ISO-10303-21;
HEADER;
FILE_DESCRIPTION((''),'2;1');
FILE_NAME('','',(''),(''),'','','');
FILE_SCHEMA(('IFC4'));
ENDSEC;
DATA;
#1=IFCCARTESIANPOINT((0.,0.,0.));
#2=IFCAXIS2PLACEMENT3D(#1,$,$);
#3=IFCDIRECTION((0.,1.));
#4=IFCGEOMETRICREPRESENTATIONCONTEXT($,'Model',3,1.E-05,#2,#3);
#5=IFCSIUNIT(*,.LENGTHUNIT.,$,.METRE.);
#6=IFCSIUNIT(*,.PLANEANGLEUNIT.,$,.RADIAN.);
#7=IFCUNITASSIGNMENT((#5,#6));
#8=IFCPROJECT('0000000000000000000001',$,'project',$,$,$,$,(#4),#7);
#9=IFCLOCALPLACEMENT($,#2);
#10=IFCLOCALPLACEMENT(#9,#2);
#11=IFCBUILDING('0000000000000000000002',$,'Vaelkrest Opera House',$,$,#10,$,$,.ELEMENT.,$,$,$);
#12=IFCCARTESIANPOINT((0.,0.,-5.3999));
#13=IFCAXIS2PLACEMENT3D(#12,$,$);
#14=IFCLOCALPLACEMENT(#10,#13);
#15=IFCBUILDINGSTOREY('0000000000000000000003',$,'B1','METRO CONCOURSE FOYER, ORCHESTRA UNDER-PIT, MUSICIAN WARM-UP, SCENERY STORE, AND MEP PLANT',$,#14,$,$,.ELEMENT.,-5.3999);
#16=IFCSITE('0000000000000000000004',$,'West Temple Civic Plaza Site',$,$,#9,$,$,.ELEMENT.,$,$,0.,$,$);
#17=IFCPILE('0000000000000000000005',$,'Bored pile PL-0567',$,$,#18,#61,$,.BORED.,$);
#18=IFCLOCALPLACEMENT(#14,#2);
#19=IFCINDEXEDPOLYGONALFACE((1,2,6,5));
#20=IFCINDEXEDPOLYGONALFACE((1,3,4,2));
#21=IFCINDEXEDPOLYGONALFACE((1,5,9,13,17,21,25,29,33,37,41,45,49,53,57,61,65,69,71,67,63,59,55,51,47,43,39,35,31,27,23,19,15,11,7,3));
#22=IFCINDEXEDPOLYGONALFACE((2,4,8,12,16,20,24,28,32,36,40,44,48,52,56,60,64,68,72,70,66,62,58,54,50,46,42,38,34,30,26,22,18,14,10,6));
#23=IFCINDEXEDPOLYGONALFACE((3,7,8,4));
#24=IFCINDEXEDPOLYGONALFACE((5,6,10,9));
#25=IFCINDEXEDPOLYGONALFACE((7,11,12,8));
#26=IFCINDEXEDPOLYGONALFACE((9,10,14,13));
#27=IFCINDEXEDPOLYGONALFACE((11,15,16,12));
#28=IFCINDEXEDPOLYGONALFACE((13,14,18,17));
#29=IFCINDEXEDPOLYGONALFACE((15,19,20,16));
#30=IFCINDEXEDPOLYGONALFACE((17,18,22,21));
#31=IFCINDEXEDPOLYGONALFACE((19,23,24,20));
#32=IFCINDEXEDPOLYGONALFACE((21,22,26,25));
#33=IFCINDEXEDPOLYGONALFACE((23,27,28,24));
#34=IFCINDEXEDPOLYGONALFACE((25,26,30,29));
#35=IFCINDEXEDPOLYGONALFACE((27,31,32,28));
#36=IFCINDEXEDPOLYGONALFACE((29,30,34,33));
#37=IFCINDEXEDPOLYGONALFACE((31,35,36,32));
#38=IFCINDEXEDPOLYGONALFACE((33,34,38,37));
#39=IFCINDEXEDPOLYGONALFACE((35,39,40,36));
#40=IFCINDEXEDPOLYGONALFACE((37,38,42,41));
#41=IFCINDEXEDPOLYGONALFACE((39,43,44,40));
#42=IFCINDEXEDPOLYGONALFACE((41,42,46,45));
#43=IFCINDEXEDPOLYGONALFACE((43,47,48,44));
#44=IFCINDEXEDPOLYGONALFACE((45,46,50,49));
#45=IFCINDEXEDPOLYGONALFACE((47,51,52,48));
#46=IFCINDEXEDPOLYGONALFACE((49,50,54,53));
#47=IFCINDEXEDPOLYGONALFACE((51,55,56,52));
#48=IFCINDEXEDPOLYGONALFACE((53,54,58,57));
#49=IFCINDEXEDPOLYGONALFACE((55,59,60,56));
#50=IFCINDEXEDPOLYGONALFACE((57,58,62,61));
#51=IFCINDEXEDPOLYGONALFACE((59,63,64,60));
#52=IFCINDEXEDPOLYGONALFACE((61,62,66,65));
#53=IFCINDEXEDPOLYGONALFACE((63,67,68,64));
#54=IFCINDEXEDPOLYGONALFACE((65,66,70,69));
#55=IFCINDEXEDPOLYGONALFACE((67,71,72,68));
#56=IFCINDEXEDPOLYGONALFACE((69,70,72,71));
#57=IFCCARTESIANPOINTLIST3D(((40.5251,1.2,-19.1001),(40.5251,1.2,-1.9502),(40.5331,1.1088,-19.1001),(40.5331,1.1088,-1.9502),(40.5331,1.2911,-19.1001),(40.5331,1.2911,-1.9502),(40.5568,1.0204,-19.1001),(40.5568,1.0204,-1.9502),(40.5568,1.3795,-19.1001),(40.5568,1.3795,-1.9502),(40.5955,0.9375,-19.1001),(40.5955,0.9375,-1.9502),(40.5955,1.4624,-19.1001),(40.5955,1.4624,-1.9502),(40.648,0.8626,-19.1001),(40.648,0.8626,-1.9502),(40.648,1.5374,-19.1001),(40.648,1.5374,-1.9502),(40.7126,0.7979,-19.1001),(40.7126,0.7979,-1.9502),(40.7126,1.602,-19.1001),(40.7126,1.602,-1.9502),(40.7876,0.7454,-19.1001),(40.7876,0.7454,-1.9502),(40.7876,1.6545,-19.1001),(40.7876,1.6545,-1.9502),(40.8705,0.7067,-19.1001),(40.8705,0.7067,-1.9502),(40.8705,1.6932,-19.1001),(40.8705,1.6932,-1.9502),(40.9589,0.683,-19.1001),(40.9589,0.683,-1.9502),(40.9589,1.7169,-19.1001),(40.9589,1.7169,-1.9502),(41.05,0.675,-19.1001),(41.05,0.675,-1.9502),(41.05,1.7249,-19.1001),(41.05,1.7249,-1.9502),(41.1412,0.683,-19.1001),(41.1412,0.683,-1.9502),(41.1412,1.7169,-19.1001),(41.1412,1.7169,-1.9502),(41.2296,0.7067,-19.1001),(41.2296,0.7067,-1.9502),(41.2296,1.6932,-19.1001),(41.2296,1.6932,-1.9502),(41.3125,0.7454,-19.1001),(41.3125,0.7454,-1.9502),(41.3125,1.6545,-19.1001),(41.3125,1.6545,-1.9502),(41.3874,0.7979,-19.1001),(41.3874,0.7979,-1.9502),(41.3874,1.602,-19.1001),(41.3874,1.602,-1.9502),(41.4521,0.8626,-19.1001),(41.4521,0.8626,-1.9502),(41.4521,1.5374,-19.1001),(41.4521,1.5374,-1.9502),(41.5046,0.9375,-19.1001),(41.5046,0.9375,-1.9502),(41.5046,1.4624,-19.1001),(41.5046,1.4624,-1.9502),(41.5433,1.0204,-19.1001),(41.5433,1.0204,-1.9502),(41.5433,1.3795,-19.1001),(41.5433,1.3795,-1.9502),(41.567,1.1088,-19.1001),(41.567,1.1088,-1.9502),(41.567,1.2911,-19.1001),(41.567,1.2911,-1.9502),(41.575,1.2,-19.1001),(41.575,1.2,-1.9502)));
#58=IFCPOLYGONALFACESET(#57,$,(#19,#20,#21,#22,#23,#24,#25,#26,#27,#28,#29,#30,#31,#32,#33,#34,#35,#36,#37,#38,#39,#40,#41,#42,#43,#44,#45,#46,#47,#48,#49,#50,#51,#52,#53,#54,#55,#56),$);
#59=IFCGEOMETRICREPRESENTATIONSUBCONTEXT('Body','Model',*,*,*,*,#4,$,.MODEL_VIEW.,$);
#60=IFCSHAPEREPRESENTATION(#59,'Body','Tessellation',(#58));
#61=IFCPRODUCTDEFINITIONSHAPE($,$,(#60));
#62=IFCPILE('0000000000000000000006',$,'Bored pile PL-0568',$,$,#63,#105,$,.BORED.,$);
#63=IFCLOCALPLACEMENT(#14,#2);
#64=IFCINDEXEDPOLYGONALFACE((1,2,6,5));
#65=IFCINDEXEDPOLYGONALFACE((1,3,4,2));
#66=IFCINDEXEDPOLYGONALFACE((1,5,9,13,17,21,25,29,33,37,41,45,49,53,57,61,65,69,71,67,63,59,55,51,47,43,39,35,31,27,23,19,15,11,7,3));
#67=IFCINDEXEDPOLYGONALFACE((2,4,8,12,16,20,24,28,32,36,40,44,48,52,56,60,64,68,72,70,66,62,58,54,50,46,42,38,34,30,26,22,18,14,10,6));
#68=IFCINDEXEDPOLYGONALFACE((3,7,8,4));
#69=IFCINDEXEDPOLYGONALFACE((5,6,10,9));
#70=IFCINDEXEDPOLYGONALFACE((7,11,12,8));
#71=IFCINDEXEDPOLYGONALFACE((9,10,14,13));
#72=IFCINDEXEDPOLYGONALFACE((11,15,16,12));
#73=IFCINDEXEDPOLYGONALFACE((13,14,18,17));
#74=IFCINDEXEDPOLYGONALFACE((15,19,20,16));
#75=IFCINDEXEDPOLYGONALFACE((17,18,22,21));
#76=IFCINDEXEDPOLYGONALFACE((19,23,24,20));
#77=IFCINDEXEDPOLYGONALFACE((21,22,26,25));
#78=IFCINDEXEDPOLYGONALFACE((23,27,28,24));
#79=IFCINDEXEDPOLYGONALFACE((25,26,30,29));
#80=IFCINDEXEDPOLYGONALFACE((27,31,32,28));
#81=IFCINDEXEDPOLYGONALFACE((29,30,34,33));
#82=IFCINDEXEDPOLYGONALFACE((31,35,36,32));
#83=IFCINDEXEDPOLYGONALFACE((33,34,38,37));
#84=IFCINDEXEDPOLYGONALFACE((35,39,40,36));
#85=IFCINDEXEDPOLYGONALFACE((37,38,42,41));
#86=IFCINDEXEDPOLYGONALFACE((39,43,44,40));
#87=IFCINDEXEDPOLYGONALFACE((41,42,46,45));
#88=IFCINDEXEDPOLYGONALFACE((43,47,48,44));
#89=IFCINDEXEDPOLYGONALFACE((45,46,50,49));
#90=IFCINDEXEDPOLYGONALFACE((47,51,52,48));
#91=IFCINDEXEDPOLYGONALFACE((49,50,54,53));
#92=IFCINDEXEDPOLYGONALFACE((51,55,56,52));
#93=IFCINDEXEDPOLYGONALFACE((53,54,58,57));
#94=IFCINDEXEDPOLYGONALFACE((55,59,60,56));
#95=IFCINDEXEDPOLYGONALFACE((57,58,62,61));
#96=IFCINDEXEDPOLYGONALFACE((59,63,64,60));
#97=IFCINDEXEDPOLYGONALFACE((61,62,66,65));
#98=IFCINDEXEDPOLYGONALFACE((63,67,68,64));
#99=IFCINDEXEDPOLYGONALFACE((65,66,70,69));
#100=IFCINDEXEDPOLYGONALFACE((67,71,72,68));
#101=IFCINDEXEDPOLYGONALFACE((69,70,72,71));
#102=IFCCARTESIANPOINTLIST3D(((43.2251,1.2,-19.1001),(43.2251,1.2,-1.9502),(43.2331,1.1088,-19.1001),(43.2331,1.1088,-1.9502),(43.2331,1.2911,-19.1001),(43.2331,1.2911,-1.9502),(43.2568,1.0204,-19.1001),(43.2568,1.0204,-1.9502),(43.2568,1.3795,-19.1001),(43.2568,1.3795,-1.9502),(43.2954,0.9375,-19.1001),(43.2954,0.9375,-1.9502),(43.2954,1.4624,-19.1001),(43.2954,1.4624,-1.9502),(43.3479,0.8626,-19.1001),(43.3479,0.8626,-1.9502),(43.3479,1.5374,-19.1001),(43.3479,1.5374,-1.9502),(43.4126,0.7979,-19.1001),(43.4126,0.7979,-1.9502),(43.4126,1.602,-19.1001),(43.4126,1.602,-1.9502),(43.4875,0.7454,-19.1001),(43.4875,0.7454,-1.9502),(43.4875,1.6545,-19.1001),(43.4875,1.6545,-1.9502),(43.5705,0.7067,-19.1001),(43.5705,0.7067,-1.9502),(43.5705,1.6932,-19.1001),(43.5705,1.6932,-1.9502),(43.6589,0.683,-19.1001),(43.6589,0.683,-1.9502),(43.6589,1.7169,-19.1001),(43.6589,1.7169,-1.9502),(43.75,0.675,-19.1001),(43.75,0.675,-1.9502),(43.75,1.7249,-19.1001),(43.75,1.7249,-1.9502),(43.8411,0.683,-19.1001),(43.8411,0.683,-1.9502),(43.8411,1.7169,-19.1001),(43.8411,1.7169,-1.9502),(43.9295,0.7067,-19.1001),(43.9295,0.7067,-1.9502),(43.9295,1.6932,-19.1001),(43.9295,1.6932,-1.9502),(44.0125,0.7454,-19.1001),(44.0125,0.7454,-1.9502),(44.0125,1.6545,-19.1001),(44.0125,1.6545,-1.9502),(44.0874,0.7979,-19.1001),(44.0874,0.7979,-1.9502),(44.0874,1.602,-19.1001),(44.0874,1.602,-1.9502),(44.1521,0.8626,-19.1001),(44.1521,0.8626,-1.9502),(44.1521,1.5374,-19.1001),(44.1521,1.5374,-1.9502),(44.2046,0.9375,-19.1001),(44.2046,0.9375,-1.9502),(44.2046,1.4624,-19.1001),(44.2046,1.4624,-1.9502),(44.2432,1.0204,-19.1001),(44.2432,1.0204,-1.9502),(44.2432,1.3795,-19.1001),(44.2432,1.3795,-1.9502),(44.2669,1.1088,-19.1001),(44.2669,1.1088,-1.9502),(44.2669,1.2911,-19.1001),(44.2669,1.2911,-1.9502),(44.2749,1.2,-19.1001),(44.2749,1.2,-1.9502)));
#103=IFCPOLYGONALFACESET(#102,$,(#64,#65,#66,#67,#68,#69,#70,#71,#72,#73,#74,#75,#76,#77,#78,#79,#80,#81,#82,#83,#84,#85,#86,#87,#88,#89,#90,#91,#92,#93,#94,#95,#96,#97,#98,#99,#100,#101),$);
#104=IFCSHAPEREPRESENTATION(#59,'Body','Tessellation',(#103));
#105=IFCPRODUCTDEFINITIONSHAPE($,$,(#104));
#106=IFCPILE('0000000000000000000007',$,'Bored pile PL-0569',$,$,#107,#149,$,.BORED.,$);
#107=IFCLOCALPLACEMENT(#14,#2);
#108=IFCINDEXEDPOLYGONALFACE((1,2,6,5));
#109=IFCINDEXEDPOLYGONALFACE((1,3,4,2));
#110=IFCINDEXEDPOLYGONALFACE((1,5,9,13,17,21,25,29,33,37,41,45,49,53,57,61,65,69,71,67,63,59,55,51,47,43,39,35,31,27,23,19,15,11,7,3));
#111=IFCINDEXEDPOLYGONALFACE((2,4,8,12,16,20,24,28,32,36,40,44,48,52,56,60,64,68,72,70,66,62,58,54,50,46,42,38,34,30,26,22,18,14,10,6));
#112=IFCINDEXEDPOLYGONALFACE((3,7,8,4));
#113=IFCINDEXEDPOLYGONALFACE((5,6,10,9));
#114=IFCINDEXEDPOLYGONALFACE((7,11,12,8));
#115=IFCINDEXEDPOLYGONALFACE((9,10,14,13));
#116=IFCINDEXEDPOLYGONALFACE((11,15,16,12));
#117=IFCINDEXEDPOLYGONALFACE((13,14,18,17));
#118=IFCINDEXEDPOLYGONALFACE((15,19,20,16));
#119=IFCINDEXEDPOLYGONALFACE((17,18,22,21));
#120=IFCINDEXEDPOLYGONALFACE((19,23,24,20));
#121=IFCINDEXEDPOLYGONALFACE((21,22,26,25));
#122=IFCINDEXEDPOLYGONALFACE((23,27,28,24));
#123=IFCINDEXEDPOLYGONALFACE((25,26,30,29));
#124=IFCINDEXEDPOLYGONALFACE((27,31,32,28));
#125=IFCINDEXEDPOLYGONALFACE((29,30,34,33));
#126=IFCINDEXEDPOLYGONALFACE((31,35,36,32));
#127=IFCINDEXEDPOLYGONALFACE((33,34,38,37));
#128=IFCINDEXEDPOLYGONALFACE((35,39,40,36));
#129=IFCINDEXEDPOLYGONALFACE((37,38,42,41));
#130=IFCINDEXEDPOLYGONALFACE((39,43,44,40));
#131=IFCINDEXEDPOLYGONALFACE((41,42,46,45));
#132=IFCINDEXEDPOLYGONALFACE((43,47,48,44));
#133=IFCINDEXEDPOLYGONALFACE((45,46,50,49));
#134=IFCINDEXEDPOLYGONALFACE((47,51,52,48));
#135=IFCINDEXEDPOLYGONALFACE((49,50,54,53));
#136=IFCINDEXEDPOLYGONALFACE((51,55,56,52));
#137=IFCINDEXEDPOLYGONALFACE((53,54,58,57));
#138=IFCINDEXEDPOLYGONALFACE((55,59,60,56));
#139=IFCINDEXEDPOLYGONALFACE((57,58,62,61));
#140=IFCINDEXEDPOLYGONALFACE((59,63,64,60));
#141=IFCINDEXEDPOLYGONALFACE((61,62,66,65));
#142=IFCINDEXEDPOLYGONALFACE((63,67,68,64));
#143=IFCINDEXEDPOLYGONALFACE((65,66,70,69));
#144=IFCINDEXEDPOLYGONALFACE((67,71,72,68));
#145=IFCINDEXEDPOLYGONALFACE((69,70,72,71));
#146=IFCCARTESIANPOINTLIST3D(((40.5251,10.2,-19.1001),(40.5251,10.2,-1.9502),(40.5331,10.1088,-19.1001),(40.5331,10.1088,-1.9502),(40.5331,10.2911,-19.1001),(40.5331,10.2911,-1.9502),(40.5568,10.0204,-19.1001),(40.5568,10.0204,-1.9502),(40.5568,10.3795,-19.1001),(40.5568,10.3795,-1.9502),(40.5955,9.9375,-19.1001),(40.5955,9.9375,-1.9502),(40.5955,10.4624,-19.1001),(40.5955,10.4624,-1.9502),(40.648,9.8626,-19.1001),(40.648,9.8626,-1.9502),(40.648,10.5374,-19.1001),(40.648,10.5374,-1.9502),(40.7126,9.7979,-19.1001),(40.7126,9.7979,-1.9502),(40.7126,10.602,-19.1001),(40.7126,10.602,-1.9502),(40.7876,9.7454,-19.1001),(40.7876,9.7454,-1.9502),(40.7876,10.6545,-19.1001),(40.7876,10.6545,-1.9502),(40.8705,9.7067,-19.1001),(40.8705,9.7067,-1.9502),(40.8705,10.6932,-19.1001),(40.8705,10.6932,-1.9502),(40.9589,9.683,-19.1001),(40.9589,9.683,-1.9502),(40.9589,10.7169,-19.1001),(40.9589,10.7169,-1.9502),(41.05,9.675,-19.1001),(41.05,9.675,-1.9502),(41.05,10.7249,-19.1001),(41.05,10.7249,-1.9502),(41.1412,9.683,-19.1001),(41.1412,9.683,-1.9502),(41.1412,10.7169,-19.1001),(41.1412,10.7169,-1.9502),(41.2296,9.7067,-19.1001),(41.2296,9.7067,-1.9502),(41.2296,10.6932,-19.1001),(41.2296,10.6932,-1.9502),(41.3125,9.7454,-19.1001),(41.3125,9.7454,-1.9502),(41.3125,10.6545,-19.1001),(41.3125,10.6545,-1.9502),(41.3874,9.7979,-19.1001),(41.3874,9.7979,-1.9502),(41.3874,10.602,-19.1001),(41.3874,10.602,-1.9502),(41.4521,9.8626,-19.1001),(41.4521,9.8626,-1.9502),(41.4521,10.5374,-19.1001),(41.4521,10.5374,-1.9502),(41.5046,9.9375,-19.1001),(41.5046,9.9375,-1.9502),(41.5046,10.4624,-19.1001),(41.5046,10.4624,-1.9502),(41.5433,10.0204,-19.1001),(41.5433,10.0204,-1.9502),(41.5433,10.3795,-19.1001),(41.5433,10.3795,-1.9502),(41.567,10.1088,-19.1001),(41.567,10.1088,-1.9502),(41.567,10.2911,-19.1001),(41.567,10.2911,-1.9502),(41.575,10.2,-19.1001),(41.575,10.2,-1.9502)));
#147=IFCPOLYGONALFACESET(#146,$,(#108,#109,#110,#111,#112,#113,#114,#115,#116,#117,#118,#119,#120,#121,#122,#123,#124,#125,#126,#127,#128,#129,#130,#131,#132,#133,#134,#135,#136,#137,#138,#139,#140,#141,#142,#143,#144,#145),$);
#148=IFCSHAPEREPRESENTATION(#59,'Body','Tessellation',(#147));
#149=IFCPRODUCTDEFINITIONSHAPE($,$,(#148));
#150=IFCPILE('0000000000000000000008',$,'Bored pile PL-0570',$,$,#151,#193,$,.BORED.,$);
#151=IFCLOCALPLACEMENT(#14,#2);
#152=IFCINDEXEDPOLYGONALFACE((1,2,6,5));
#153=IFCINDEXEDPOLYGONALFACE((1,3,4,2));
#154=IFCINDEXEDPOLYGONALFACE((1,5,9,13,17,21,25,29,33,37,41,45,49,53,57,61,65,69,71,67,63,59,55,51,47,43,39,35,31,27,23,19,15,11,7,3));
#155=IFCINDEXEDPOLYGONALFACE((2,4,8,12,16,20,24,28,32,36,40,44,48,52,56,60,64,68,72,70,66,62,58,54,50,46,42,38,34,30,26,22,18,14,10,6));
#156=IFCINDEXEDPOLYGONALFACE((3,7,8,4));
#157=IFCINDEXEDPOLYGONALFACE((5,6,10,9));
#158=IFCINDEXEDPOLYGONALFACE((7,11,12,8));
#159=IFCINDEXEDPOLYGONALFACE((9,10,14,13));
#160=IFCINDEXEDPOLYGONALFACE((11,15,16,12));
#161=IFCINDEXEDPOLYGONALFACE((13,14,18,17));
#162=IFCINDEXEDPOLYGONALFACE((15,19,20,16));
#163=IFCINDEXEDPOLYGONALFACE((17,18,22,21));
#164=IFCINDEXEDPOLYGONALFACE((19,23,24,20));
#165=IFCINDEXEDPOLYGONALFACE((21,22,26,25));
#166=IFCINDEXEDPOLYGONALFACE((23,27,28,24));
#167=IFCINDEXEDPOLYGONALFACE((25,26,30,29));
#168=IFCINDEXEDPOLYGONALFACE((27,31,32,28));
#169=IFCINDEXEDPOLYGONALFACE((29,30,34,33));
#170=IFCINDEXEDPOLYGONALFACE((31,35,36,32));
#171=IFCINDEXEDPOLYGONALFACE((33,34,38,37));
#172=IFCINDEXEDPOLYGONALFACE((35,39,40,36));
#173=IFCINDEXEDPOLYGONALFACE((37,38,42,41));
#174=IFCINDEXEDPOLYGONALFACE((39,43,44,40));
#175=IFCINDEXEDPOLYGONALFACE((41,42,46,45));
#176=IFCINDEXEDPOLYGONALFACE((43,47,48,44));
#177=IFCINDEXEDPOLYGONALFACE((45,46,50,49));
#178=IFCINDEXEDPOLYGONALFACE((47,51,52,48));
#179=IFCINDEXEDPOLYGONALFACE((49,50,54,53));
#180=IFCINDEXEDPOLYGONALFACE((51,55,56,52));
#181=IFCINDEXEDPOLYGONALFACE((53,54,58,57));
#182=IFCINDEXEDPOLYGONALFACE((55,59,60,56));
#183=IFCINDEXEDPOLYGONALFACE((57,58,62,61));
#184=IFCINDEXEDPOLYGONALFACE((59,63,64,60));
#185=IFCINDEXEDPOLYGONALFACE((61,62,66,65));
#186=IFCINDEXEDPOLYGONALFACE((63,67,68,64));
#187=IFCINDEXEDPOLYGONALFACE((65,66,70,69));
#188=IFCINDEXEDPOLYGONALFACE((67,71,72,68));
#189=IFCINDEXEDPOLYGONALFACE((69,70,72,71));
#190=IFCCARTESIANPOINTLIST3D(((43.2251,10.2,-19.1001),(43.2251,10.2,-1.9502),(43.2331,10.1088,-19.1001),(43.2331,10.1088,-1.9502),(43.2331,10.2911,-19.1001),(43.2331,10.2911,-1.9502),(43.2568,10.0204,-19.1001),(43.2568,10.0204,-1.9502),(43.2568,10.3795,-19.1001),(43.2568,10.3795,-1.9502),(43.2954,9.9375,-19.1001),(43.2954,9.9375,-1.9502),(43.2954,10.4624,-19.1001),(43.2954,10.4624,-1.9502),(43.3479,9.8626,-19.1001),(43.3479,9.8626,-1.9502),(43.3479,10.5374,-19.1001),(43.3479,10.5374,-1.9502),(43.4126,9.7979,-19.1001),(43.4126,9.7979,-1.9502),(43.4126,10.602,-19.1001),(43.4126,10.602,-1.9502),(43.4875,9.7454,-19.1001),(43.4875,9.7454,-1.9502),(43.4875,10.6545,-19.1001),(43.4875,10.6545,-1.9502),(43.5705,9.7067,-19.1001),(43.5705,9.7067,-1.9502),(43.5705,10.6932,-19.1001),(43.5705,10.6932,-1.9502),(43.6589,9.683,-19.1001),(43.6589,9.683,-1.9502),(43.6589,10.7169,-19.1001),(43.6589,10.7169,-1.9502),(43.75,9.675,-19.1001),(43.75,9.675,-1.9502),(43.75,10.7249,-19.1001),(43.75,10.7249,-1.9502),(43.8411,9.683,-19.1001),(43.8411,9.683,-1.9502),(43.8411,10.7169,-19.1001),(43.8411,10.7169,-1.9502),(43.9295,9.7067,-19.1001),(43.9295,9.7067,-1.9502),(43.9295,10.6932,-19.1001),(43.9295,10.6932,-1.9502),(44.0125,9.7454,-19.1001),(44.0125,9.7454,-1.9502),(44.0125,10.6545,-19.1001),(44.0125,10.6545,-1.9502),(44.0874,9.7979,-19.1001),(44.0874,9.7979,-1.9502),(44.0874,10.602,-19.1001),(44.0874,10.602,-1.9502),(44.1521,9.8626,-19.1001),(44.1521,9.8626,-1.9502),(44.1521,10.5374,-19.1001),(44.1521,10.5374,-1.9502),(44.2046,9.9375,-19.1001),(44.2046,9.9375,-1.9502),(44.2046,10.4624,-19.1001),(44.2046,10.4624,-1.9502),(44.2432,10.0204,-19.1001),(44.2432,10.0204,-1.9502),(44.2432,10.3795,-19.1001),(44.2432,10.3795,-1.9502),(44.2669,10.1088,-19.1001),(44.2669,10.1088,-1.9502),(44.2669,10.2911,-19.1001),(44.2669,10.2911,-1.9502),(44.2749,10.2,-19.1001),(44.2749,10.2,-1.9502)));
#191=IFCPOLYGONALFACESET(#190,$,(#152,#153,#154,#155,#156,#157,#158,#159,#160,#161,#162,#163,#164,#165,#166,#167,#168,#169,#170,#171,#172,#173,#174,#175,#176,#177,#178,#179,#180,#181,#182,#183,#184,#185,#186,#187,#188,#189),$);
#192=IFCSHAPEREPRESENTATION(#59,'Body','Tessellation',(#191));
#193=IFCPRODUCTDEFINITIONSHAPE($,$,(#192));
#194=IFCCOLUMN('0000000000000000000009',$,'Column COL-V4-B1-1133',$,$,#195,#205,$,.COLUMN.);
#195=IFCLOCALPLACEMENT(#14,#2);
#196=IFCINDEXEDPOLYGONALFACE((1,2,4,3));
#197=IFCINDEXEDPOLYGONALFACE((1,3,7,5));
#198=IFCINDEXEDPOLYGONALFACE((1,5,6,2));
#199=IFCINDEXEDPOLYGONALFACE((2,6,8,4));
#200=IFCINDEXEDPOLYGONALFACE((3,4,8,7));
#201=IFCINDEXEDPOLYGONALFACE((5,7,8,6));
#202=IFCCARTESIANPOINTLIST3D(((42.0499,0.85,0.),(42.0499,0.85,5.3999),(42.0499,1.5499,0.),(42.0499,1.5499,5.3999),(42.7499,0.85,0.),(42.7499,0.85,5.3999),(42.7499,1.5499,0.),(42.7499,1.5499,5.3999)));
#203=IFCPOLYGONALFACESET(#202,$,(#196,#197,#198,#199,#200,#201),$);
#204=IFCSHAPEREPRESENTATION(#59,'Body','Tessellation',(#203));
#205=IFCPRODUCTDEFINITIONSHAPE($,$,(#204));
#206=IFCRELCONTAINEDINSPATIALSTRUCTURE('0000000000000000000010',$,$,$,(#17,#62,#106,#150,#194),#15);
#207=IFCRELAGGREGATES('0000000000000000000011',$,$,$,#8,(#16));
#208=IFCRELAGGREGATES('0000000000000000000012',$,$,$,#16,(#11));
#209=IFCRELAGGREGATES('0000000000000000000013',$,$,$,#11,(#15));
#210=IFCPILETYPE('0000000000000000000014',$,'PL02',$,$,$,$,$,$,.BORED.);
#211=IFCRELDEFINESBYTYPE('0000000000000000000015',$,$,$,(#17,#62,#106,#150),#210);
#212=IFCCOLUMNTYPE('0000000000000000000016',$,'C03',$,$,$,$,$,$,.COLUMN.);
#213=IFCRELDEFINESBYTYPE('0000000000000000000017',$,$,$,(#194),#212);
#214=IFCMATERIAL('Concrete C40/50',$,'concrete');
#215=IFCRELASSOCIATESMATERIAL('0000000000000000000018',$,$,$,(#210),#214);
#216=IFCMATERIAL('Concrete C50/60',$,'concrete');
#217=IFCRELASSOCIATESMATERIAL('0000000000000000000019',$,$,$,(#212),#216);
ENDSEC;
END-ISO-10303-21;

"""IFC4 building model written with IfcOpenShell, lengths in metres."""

from ifc_helpers import new_model, si_unit, direction, frame, origin, origin_2d, place, context, subcontext, project, spatial, rectangle, circle, extrude, material, material_profile, profile_set, type_object, element, save


model = new_model("IFC4")

# Units and contexts
model_context = context("Model", 3, precision=1e-05, world=origin(), true_north=direction((0.0, 1.0)))
body_context = subcontext(model_context, "Body", "Model", "MODEL_VIEW")
ifc_project = project(units=[si_unit("LENGTHUNIT", "METRE"), si_unit("PLANEANGLEUNIT", "RADIAN")], contexts=[model_context])

# Site, building, storey
site_placement = place(None, origin())
site = spatial("IfcSite", under=ifc_project, at=site_placement, Name="West Temple Civic Plaza Site", CompositionType="ELEMENT", RefElevation=0.0)
building_placement = place(site_placement, origin())
building = spatial("IfcBuilding", under=site, at=building_placement, Name="Vaelkrest Opera House", CompositionType="ELEMENT")
storey_placement = place(building_placement, frame((0.0, 0.0, -5.3999)))
storey = spatial("IfcBuildingStorey", under=building, at=storey_placement, Name="B1", Description="METRO CONCOURSE FOYER, ORCHESTRA UNDER-PIT, MUSICIAN WARM-UP, SCENERY STORE, AND MEP PLANT", CompositionType="ELEMENT", Elevation=-5.3999)

# Shared definitions
ifc_material_1 = material(Name="Concrete C40/50", Category="concrete")

# Piles
ifc_material_profile_1 = material_profile(ifc_material_1, circle(Radius=0.5249, at=origin_2d()), Name="PILE1050")
ifc_profile_set_1 = profile_set([ifc_material_profile_1], Name="Concrete C40/50")
pile_type_1 = type_object("IfcPileType", Name="PL02", PredefinedType="BORED", material=ifc_profile_set_1)
for number, where, z_axis, x_axis, name in (
    (1, (41.05, 1.2, -1.9502), (0.0, 0.0, -1.0), (1.0, 0.0, 0.0), "Bored pile PL-0567"),
    (2, (43.75, 1.2, -1.9502), (0.0, 0.0, -1.0), (1.0, 0.0, 0.0), "Bored pile PL-0568"),
    (3, (41.05, 10.2, -1.9502), (0.0, 0.0, -1.0), (1.0, 0.0, 0.0), "Bored pile PL-0569"),
    (4, (43.75, 10.2, -1.9502), (0.0, 0.0, -1.0), (1.0, 0.0, 0.0), "Bored pile PL-0570"),
):
    element("IfcPile", number, at=place(storey_placement, frame(where, z_axis=z_axis, x_axis=x_axis)), inside=storey, type_object=pile_type_1, Name=name, PredefinedType="BORED", context=body_context, shape_type="SweptSolid", body=[
        extrude(circle(Radius=0.5249, at=origin_2d()), origin(), (0.0, 0.0, 1.0), 17.1499),
    ])

# Column
ifc_material_2 = material(Name="Concrete C50/60", Category="concrete")
ifc_material_profile_2 = material_profile(ifc_material_2, rectangle(XDim=0.7, YDim=0.7, at=origin_2d()), Name="RC700X700")
ifc_profile_set_2 = profile_set([ifc_material_profile_2], Name="Concrete C50/60")
column_type_1 = type_object("IfcColumnType", Name="C03", PredefinedType="COLUMN", material=ifc_profile_set_2)
for number, where, z_axis, x_axis, name in (
    (5, (42.3999, 1.2, 0.0), (0.0, 0.0, 1.0), (1.0, 0.0, 0.0), "Column COL-V4-B1-1133"),
):
    element("IfcColumn", number, at=place(storey_placement, frame(where, z_axis=z_axis, x_axis=x_axis)), inside=storey, type_object=column_type_1, Name=name, PredefinedType="COLUMN", context=body_context, shape_type="SweptSolid", body=[
        extrude(rectangle(XDim=0.7, YDim=0.7, at=origin_2d()), origin(), (0.0, 0.0, 1.0), 5.3999),
    ])

save(model, "model.ifc")
